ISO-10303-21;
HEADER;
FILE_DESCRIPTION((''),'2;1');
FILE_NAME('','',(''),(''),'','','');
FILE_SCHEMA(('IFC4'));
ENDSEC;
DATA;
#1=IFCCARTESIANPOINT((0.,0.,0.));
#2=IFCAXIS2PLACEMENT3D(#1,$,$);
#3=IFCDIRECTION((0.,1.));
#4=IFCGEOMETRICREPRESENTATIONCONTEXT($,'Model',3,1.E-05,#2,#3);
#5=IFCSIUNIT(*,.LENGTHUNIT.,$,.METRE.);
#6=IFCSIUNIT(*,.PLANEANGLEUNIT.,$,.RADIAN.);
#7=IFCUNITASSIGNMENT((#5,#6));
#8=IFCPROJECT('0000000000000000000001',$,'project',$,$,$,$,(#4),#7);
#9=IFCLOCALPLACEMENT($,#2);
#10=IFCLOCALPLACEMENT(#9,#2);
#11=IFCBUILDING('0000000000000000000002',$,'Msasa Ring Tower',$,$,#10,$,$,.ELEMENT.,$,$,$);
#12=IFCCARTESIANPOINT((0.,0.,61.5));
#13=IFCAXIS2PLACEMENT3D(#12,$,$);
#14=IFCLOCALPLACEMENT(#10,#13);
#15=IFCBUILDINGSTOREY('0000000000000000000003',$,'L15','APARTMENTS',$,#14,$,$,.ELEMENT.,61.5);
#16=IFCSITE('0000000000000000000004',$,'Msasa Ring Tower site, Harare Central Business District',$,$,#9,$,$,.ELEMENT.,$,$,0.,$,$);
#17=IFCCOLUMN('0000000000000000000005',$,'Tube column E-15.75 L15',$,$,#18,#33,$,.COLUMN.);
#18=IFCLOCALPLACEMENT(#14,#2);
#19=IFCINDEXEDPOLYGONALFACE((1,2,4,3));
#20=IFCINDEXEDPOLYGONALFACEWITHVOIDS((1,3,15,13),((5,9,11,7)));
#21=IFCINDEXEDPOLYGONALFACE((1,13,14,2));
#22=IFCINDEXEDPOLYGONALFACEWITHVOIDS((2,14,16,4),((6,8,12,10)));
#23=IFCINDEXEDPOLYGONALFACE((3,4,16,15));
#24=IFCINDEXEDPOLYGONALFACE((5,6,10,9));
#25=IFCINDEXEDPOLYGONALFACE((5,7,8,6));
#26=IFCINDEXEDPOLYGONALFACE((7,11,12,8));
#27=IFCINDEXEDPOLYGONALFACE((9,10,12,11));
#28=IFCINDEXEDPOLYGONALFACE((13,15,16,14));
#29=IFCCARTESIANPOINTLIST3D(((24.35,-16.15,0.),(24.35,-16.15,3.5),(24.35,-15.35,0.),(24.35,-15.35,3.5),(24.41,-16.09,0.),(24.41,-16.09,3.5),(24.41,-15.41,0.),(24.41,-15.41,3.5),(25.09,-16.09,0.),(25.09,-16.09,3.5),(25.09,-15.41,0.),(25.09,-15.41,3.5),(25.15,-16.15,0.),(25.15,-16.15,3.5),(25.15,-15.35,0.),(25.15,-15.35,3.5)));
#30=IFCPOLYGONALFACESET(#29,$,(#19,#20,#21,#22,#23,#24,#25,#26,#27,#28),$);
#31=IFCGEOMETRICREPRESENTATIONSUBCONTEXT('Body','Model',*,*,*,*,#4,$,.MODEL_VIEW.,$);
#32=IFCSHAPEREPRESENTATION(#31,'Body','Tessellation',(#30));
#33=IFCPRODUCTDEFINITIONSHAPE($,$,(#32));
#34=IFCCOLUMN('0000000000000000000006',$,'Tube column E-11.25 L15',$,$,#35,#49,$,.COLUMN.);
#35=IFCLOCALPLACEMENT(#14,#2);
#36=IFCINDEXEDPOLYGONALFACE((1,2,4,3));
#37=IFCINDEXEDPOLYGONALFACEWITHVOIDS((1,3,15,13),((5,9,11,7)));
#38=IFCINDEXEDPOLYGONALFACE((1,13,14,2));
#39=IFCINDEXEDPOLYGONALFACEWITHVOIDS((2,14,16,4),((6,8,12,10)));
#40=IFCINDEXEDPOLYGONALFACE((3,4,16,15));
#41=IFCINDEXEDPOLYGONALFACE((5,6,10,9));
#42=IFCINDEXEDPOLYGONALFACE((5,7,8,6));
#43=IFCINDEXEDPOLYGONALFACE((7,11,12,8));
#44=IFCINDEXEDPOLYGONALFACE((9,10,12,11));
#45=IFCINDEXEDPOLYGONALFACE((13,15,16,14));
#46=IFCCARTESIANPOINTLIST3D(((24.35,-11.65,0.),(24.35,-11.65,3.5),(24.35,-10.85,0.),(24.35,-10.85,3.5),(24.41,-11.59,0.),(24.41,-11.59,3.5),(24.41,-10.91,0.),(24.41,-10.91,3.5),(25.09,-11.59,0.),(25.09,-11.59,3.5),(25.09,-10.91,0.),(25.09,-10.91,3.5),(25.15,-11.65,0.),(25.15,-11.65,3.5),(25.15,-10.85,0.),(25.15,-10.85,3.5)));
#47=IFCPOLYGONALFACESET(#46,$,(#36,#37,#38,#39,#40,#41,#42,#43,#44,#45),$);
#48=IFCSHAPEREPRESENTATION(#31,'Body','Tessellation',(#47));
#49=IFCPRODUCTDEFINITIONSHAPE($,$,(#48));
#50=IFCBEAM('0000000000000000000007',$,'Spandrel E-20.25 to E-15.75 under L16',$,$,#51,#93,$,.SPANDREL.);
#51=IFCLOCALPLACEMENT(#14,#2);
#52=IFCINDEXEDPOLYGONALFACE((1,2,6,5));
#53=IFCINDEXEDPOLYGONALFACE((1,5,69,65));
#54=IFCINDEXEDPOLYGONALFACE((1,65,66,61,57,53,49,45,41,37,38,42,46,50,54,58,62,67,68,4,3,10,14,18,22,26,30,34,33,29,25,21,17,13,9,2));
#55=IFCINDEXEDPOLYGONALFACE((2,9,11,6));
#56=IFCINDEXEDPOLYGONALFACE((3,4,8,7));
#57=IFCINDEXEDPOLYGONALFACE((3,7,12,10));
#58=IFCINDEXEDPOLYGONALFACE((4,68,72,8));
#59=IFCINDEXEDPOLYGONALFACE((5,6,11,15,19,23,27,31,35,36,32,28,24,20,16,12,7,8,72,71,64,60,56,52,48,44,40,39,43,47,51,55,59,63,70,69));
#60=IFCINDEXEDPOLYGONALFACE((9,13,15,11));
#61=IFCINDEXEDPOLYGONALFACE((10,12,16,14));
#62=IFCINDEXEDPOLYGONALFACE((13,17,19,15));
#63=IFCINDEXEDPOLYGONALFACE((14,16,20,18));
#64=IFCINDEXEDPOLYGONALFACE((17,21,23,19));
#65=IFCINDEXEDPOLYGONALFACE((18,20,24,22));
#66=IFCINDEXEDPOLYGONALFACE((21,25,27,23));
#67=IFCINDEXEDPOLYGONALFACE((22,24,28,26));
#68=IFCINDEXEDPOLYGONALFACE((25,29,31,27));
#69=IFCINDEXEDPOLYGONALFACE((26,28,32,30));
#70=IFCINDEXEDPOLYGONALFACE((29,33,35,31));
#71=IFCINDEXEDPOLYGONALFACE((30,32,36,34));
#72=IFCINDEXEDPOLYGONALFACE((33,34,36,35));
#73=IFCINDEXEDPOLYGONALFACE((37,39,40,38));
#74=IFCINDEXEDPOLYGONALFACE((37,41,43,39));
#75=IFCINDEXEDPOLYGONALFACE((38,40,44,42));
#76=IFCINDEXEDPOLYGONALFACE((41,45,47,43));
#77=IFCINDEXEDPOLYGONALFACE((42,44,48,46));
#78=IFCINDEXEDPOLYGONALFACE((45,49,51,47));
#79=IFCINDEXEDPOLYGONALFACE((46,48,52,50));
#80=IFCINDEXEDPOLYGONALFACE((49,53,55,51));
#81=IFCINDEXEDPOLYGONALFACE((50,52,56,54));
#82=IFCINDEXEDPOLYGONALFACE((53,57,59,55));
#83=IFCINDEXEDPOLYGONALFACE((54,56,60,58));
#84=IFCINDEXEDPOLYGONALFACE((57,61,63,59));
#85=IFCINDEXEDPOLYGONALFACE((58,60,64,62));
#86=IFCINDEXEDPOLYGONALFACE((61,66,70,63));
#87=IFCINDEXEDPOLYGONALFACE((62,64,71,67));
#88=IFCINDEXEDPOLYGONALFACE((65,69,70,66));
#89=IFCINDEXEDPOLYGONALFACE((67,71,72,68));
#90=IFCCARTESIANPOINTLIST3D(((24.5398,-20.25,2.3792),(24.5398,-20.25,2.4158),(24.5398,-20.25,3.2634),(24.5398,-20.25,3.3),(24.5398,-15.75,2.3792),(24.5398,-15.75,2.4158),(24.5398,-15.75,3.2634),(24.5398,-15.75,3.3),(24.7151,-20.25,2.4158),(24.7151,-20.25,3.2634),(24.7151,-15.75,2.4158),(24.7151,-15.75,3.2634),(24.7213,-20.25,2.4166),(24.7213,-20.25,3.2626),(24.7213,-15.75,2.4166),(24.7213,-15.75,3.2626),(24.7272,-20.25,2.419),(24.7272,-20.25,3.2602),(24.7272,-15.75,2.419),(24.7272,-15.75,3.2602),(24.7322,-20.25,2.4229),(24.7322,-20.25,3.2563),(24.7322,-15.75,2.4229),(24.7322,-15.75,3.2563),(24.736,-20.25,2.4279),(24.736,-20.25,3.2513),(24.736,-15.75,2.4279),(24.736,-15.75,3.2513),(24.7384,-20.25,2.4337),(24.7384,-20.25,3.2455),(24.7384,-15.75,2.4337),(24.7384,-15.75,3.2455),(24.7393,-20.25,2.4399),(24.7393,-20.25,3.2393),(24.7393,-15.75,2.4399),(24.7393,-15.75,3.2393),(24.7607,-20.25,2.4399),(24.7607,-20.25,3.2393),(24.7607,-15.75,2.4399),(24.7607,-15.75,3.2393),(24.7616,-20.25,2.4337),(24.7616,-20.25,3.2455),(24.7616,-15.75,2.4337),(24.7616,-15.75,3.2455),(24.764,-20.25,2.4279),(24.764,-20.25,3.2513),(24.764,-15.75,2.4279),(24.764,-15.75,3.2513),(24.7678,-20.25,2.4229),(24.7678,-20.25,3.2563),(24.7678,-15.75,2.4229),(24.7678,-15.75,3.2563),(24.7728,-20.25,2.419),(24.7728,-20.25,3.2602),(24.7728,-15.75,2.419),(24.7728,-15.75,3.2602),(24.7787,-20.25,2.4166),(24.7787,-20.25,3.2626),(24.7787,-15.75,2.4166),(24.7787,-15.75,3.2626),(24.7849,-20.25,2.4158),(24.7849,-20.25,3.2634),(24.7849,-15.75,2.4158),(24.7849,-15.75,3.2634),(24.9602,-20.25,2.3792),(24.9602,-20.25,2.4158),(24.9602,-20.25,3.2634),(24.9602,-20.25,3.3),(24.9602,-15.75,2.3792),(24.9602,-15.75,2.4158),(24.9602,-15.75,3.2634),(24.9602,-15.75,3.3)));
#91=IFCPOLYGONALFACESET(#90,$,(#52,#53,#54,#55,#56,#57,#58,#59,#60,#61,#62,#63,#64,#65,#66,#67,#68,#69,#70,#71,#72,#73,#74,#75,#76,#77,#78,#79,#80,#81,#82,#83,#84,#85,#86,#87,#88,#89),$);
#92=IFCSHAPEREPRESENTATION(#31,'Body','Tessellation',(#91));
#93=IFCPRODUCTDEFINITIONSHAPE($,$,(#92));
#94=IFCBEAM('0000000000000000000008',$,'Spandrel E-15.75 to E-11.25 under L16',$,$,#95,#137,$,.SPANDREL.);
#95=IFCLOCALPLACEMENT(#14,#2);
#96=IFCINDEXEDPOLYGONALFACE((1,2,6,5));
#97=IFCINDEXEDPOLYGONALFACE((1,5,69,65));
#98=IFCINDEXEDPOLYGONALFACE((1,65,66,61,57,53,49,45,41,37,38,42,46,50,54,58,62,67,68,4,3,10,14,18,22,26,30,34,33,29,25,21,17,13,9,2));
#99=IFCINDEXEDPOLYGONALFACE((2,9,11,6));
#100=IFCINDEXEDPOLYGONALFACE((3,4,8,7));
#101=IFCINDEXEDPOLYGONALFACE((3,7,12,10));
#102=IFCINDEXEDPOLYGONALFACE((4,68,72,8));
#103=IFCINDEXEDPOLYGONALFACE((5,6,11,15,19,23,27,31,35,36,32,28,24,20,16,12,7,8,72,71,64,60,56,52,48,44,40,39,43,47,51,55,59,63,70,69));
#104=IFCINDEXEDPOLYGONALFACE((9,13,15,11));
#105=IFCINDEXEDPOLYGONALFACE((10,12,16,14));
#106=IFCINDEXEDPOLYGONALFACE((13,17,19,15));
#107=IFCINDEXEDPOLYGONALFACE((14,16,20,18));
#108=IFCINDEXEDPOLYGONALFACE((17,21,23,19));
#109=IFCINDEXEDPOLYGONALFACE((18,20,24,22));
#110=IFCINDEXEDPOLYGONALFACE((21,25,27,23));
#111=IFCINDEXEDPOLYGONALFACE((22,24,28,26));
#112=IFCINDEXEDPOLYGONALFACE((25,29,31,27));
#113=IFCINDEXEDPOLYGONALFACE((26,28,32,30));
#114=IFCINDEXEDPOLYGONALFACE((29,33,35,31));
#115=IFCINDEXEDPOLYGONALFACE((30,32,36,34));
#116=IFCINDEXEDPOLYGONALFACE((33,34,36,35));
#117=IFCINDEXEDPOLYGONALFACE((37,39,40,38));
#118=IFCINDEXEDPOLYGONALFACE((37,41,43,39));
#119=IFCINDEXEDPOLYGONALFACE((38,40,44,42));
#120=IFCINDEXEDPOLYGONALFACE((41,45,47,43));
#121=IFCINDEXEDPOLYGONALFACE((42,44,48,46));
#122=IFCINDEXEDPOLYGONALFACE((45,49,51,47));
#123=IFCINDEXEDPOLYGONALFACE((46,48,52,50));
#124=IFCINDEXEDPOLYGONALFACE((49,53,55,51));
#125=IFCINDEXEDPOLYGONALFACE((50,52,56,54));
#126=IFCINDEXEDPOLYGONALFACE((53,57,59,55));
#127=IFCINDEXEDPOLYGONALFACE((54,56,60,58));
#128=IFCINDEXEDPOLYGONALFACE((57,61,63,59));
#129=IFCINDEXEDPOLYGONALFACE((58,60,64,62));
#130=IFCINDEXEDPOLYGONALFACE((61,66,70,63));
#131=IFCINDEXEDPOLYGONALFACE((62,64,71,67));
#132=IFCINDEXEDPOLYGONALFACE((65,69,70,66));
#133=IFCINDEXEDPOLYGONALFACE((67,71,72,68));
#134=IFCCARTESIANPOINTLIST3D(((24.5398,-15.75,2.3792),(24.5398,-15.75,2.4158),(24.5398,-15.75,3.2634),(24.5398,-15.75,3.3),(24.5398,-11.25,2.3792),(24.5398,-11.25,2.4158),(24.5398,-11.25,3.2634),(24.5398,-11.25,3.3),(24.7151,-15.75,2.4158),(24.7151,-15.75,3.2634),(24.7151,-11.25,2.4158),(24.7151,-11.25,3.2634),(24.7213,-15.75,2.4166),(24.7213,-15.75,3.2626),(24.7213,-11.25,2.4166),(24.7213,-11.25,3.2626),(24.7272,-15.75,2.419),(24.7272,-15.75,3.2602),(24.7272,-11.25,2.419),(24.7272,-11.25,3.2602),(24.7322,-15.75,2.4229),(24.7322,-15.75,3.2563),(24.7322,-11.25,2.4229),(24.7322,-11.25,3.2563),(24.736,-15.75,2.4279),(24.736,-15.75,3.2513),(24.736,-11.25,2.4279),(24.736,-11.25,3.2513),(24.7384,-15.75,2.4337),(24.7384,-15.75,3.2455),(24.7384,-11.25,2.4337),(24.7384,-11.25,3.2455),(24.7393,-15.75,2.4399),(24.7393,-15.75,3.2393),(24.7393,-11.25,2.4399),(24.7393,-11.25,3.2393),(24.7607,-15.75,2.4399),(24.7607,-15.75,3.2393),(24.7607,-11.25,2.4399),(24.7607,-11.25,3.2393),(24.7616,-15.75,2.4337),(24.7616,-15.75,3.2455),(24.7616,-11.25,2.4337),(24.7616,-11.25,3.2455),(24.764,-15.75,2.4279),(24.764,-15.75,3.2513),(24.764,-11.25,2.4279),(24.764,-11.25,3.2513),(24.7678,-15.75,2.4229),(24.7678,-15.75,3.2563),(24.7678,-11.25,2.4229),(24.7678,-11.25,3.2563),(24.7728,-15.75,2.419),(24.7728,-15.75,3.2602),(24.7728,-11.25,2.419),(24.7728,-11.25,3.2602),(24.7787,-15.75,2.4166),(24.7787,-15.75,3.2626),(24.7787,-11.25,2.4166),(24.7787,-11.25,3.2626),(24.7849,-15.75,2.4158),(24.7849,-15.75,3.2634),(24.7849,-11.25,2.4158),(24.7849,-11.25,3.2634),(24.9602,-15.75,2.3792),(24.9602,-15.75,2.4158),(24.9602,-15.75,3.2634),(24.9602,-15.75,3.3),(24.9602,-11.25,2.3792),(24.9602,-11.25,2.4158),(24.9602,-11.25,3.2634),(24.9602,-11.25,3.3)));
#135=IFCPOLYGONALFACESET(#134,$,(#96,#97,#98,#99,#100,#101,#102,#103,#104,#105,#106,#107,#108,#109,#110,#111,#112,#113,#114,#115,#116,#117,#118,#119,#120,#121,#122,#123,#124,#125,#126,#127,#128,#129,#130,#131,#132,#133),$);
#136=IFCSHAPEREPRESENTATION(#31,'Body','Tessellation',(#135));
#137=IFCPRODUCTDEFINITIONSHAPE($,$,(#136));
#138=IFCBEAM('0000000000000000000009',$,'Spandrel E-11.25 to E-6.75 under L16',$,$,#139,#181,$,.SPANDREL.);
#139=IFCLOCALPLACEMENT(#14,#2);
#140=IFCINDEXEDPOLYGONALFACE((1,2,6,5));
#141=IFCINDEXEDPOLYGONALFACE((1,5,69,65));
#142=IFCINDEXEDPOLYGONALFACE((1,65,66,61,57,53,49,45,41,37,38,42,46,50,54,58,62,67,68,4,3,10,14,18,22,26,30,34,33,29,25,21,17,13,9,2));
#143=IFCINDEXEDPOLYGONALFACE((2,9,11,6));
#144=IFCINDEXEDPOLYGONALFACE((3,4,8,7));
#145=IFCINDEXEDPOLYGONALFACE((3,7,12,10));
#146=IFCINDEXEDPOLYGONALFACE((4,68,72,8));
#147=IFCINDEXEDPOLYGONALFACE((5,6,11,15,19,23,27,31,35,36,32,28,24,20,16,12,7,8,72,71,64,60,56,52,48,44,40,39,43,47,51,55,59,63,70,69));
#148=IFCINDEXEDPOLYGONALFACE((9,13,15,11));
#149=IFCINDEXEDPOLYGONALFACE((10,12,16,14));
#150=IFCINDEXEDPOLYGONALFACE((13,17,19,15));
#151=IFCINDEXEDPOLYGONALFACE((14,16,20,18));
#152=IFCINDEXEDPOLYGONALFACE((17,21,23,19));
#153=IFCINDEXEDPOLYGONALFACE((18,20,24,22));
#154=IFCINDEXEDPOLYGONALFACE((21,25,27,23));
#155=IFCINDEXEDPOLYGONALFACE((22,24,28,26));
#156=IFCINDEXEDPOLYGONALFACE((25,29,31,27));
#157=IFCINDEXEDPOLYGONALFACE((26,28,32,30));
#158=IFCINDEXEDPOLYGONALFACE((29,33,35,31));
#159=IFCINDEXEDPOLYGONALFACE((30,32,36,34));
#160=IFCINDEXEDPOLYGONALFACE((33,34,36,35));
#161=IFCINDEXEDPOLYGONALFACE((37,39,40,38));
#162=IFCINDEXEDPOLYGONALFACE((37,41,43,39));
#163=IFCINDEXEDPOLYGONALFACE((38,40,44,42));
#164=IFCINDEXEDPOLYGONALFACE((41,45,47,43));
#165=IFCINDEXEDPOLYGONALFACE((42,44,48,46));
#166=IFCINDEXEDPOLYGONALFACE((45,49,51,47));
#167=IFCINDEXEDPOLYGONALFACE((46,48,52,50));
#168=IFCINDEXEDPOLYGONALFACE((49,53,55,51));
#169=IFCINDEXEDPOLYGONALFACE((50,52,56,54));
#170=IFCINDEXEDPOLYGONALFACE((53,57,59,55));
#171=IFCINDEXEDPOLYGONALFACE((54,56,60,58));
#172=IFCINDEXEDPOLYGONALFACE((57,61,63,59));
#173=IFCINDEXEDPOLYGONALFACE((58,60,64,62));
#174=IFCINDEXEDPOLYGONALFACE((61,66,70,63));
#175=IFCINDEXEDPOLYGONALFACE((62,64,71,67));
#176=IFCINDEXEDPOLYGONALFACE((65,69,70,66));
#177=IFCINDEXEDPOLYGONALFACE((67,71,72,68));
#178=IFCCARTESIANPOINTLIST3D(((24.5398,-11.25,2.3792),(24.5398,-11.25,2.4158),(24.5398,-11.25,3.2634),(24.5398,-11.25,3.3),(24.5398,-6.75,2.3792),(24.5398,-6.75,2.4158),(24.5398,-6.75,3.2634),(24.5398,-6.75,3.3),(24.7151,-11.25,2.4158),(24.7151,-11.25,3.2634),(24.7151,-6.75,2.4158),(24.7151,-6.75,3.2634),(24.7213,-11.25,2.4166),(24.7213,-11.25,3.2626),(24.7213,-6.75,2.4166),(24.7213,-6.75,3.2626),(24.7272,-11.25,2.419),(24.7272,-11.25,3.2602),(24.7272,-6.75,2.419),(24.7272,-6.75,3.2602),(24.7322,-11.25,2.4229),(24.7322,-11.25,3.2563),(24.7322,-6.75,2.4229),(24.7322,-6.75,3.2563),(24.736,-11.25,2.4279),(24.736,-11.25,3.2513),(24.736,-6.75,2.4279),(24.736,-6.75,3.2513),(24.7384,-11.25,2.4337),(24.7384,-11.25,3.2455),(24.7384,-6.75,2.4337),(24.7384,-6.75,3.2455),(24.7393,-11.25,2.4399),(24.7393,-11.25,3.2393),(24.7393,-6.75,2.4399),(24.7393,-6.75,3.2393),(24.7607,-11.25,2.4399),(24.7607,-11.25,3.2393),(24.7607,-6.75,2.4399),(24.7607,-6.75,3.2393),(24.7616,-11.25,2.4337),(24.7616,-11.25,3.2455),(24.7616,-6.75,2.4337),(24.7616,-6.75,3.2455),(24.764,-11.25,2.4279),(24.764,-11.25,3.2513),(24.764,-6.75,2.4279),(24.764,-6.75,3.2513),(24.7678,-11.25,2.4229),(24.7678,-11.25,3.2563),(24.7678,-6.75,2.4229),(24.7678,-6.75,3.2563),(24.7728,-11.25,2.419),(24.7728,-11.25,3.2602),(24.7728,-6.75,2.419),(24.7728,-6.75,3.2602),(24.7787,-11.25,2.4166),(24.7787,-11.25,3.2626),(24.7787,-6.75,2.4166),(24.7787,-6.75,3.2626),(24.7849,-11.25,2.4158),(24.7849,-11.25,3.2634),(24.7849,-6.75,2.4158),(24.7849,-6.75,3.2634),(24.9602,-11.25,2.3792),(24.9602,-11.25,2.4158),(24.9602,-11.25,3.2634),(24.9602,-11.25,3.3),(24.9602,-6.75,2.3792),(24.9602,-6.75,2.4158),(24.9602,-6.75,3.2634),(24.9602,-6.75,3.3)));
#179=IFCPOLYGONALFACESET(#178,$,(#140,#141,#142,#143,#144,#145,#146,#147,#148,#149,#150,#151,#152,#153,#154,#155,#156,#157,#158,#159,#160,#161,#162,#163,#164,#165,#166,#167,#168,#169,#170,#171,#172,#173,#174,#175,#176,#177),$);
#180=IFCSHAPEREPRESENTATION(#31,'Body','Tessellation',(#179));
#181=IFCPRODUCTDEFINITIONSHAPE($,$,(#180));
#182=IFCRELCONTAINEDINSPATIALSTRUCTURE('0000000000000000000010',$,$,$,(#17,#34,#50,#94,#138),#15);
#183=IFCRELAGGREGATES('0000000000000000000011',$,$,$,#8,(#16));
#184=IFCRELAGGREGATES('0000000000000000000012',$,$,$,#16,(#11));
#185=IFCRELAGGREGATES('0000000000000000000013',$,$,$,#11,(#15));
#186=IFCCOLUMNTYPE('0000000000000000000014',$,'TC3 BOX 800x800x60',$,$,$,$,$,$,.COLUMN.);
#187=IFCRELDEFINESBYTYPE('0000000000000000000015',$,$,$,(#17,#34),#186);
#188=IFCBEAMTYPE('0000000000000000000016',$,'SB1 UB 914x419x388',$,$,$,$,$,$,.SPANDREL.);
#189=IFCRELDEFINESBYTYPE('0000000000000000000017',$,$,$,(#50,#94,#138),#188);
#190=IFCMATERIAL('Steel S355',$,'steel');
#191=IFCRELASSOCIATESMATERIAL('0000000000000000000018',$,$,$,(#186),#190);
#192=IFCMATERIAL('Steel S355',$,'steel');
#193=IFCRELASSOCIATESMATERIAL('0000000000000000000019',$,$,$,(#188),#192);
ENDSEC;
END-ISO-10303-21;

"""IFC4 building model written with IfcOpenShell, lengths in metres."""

from ifc_helpers import new_model, si_unit, direction, frame, origin, origin_2d, place, context, subcontext, project, spatial, hollow_rectangle, i_section, extrude, material, material_profile, profile_set, type_object, element, save


model = new_model("IFC4")

# Units and contexts
model_context = context("Model", 3, precision=1e-05, world=origin(), true_north=direction((0.0, 1.0)))
body_context = subcontext(model_context, "Body", "Model", "MODEL_VIEW")
ifc_project = project(units=[si_unit("LENGTHUNIT", "METRE"), si_unit("PLANEANGLEUNIT", "RADIAN")], contexts=[model_context])

# Site, building, storey
site_placement = place(None, origin())
site = spatial("IfcSite", under=ifc_project, at=site_placement, Name="Msasa Ring Tower site, Harare Central Business District", CompositionType="ELEMENT", RefElevation=0.0)
building_placement = place(site_placement, origin())
building = spatial("IfcBuilding", under=site, at=building_placement, Name="Msasa Ring Tower", CompositionType="ELEMENT")
storey_placement = place(building_placement, frame((0.0, 0.0, 61.5)))
storey = spatial("IfcBuildingStorey", under=building, at=storey_placement, Name="L15", Description="APARTMENTS", CompositionType="ELEMENT", Elevation=61.5)

# Columns
ifc_material_1 = material(Name="Steel S355", Category="steel")
ifc_material_profile_1 = material_profile(ifc_material_1, hollow_rectangle(XDim=0.8, YDim=0.8, WallThickness=0.0601, at=origin_2d()), Name="BOX 800x800x60")
ifc_profile_set_1 = profile_set([ifc_material_profile_1], Name="Steel S355")
column_type = type_object("IfcColumnType", Name="TC3 BOX 800x800x60", PredefinedType="COLUMN", material=ifc_profile_set_1)
for number, where, z_axis, x_axis, name in (
    (1, (24.75, -15.75, 0.0), (0.0, 0.0, 1.0), (1.0, 0.0, 0.0), "Tube column E-15.75 L15"),
    (2, (24.75, -11.25, 0.0), (0.0, 0.0, 1.0), (1.0, 0.0, 0.0), "Tube column E-11.25 L15"),
):
    element("IfcColumn", number, at=place(storey_placement, frame(where, z_axis=z_axis, x_axis=x_axis)), inside=storey, type_object=column_type, Name=name, PredefinedType="COLUMN", context=body_context, shape_type="SweptSolid", body=[
        extrude(hollow_rectangle(XDim=0.8, YDim=0.8, WallThickness=0.0601, at=origin_2d()), origin(), (0.0, 0.0, 1.0), 3.5),
    ])

# Beams
ifc_material_2 = material(Name="Steel S355", Category="steel")
ifc_material_profile_2 = material_profile(ifc_material_2, i_section(OverallWidth=0.4204, OverallDepth=0.9209, WebThickness=0.0215, FlangeThickness=0.0366, FilletRadius=0.0242, at=origin_2d()), Name="UB 914x419x388")
ifc_profile_set_2 = profile_set([ifc_material_profile_2], Name="Steel S355")
beam_type = type_object("IfcBeamType", Name="SB1 UB 914x419x388", PredefinedType="SPANDREL", material=ifc_profile_set_2)
for number, where, z_axis, x_axis, name in (
    (3, (24.75, -20.25, 2.8396), (0.0, 1.0, 0.0), (-1.0, 0.0, 0.0), "Spandrel E-20.25 to E-15.75 under L16"),
    (4, (24.75, -15.75, 2.8396), (0.0, 1.0, 0.0), (-1.0, 0.0, 0.0), "Spandrel E-15.75 to E-11.25 under L16"),
    (5, (24.75, -11.25, 2.8396), (0.0, 1.0, 0.0), (-1.0, 0.0, 0.0), "Spandrel E-11.25 to E-6.75 under L16"),
):
    element("IfcBeam", number, at=place(storey_placement, frame(where, z_axis=z_axis, x_axis=x_axis)), inside=storey, type_object=beam_type, Name=name, PredefinedType="SPANDREL", context=body_context, shape_type="SweptSolid", body=[
        extrude(i_section(OverallWidth=0.4204, OverallDepth=0.9209, WebThickness=0.0215, FlangeThickness=0.0366, FilletRadius=0.0242, at=origin_2d()), origin(), (0.0, 0.0, 1.0), 4.5),
    ])

save(model, "model.ifc")
